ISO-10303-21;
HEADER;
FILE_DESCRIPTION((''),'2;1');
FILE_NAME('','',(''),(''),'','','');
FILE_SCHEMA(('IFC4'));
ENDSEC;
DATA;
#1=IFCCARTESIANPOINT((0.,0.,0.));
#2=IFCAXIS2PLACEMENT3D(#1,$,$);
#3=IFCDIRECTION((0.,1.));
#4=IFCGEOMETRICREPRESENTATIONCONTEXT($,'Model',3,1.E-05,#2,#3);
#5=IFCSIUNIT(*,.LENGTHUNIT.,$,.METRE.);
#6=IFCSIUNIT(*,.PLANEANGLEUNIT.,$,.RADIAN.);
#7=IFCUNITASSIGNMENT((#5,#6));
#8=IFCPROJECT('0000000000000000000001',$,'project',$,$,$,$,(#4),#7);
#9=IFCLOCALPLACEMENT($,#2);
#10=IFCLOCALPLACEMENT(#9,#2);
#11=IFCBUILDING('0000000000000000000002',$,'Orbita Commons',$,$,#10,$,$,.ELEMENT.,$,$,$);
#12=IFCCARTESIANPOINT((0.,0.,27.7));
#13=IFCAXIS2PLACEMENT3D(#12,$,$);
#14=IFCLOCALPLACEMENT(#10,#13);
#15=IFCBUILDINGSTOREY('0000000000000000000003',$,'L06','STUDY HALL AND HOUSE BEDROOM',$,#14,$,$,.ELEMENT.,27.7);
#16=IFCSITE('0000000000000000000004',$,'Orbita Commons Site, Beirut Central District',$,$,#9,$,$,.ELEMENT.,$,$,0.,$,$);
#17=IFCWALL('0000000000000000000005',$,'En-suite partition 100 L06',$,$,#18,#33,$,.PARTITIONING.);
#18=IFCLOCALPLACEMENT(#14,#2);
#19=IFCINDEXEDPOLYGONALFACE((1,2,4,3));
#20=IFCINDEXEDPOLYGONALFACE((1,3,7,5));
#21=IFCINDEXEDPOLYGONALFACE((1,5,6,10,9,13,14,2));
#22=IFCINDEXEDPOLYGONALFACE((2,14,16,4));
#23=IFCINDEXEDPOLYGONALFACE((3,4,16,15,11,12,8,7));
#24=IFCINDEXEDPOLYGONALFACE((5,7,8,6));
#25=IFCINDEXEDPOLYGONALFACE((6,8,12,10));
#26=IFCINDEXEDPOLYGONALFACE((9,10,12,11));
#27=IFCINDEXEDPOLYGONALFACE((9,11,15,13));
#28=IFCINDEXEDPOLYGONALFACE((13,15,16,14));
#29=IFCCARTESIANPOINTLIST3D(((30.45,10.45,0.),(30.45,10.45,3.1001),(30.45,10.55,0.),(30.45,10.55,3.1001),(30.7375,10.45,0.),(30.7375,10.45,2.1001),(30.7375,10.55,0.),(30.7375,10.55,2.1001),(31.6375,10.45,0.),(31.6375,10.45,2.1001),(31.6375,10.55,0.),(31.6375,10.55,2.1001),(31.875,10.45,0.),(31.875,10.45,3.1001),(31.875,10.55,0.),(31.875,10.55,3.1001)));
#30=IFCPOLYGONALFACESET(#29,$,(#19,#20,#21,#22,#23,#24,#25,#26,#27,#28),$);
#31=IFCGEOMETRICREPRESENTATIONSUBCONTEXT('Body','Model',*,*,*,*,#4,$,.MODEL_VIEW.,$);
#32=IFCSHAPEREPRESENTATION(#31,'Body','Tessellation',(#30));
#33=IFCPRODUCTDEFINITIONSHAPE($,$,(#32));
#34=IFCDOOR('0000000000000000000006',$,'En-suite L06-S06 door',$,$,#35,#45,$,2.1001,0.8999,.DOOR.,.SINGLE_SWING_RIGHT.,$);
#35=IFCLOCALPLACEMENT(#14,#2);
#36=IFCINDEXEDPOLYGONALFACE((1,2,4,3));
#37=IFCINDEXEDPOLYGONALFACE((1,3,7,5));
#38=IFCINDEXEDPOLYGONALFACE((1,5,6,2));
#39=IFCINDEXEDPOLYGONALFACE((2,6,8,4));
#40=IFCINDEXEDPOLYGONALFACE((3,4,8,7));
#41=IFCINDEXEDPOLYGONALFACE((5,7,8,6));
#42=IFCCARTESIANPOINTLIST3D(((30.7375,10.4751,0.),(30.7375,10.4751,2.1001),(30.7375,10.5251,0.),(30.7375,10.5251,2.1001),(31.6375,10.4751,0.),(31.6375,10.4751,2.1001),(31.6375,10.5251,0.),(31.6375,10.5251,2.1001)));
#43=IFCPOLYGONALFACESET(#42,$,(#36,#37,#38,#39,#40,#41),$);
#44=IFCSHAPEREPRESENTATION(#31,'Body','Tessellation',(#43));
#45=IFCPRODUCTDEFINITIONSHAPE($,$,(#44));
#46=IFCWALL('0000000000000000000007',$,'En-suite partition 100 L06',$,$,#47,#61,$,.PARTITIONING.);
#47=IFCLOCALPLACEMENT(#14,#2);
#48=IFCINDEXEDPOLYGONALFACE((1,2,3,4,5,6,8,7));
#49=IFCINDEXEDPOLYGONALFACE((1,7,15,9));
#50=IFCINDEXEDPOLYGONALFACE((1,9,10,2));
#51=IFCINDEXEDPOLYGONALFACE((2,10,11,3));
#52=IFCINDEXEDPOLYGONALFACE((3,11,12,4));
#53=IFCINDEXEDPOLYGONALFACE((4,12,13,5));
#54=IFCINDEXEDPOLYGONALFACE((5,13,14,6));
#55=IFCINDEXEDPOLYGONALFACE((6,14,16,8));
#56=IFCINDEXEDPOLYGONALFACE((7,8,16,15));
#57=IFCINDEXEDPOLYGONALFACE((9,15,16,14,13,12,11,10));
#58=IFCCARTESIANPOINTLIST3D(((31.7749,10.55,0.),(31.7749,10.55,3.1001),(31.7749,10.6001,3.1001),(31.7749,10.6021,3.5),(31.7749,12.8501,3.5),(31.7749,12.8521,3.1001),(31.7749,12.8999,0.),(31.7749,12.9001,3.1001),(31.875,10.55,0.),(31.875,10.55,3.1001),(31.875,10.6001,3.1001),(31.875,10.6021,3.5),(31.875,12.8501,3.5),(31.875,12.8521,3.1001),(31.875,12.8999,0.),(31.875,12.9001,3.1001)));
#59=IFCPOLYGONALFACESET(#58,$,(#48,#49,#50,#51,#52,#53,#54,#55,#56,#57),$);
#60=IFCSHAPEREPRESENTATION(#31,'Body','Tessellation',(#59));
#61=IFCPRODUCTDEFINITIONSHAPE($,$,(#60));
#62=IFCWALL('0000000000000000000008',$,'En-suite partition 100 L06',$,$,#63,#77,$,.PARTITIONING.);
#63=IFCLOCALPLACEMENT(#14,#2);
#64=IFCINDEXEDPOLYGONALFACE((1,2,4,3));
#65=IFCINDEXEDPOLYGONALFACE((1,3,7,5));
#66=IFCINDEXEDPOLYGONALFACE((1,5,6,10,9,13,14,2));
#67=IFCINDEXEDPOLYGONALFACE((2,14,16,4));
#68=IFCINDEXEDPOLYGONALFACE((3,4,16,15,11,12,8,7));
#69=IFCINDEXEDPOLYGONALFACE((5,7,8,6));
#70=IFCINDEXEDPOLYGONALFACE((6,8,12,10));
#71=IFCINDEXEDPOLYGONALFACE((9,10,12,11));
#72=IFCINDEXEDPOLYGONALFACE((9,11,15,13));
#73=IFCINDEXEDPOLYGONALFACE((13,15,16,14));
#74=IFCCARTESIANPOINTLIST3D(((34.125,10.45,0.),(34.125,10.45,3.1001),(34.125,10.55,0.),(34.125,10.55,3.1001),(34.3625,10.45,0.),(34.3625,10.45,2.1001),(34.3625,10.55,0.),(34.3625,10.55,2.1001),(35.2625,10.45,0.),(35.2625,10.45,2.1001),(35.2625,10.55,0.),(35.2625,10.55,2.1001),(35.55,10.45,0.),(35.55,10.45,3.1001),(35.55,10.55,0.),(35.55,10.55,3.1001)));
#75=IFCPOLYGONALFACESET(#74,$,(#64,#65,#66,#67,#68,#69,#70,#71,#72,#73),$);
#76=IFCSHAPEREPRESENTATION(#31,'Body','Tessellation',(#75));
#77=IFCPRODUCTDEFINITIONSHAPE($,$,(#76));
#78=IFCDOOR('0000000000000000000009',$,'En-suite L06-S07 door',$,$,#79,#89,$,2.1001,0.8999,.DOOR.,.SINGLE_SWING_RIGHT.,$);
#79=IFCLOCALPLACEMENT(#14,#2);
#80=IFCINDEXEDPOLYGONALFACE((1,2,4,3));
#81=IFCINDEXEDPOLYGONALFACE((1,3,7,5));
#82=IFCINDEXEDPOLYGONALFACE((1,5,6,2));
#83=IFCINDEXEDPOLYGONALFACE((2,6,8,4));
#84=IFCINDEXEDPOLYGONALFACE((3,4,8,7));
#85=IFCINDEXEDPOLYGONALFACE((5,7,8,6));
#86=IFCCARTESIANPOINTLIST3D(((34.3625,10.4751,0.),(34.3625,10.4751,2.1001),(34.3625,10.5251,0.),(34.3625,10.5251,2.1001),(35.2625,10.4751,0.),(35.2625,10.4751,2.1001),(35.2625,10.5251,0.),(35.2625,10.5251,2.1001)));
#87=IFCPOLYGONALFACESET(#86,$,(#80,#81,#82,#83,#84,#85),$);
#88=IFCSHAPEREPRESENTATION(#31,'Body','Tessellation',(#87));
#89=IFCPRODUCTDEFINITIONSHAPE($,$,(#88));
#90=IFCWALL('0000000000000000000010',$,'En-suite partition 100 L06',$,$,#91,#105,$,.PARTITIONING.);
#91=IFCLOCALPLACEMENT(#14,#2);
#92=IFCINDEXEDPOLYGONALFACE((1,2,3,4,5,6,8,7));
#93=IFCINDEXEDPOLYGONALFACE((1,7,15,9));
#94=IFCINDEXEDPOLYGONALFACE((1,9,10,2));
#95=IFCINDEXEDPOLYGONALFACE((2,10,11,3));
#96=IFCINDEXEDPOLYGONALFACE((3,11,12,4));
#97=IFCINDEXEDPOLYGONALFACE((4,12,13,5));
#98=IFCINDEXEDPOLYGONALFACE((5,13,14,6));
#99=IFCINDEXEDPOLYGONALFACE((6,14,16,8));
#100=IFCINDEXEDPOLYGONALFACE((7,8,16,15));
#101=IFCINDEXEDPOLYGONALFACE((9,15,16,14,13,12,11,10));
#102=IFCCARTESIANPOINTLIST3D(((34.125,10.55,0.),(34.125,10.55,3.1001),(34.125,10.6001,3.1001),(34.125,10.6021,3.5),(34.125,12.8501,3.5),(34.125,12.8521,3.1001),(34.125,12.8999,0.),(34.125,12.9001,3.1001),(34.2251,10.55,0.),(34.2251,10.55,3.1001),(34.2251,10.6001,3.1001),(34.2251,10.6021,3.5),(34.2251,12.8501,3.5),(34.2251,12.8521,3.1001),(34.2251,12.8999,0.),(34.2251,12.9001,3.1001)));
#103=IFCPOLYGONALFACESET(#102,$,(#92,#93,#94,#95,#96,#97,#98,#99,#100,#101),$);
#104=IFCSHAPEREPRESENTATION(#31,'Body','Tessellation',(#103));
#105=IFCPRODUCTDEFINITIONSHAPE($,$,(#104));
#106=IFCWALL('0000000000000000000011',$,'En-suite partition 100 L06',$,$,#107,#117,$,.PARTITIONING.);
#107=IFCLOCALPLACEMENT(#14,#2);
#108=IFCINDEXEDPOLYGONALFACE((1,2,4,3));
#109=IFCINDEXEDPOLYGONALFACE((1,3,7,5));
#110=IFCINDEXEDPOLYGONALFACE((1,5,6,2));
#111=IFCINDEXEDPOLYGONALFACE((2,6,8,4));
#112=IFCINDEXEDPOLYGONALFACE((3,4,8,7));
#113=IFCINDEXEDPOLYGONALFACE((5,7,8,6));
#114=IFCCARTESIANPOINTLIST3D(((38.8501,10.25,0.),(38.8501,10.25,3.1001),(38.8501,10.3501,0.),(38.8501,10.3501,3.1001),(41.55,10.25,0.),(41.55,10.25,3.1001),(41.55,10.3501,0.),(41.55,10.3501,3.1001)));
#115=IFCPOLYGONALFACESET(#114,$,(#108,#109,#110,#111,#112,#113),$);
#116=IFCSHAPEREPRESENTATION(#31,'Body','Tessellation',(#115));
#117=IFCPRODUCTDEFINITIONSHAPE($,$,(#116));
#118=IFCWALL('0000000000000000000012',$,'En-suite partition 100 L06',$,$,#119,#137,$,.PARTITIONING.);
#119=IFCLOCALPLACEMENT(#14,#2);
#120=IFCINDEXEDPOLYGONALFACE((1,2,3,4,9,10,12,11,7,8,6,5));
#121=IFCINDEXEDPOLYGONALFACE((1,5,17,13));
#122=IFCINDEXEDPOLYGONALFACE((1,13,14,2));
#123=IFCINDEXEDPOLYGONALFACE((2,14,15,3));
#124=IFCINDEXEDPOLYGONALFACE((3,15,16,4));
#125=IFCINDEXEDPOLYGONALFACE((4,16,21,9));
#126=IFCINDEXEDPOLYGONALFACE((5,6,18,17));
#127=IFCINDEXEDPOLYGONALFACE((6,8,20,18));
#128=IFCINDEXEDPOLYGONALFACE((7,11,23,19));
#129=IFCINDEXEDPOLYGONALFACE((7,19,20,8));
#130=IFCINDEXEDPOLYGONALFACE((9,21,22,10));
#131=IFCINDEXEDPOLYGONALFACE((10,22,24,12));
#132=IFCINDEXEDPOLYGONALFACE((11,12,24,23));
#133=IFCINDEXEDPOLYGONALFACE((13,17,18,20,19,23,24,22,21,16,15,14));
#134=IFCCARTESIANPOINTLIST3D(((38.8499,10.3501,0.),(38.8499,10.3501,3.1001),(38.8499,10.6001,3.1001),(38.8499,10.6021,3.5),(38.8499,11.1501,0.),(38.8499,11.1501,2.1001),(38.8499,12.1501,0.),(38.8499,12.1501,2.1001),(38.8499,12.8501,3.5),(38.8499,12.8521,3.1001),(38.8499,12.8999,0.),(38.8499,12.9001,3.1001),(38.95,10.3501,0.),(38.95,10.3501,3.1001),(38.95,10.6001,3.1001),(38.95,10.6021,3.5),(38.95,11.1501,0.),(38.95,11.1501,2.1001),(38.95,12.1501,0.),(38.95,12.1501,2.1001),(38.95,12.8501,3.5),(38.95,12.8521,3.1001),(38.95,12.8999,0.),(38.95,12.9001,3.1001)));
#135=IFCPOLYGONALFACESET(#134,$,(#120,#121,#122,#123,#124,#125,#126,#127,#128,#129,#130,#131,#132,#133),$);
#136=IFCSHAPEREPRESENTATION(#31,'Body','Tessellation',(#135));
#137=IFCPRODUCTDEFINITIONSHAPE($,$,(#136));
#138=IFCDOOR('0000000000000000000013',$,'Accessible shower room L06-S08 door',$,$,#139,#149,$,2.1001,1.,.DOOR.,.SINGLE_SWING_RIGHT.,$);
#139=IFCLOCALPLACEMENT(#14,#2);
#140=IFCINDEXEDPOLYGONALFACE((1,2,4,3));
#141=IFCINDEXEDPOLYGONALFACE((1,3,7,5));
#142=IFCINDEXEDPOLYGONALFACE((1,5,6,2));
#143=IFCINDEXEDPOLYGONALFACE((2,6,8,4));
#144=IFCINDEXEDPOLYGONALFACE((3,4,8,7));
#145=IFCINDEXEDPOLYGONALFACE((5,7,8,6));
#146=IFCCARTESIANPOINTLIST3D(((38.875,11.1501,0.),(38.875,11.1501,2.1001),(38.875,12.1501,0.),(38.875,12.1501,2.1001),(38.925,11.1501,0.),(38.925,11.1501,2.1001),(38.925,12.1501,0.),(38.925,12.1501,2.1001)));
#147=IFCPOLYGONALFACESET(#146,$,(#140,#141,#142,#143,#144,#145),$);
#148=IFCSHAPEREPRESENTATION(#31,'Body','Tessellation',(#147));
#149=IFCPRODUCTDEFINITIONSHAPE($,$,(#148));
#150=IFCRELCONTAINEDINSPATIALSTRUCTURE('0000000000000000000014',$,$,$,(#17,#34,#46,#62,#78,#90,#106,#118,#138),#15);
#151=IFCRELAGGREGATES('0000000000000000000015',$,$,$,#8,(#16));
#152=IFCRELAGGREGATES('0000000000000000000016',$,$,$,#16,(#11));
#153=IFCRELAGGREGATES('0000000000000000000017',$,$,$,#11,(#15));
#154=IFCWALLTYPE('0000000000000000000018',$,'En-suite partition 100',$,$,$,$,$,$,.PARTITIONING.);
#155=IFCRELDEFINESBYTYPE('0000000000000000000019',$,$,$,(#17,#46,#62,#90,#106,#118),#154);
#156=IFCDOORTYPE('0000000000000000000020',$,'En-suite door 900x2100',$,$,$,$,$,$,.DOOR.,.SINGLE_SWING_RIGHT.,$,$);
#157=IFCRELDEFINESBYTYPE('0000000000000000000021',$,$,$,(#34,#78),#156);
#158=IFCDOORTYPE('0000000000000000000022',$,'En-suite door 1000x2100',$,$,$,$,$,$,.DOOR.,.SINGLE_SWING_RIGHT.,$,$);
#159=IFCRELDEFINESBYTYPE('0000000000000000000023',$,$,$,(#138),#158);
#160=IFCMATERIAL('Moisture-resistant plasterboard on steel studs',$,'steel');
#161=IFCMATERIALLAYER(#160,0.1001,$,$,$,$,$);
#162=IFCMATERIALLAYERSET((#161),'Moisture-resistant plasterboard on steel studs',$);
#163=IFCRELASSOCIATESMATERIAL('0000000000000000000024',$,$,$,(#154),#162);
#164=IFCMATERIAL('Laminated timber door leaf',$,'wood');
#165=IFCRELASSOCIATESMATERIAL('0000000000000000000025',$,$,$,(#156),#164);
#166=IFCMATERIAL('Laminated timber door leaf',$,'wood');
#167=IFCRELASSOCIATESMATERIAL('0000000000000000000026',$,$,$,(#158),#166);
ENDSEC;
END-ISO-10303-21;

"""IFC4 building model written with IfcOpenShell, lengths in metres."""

from ifc_helpers import new_model, si_unit, direction, frame, frame_2d, origin, place, context, subcontext, project, spatial, polyline, rectangle, outline, extrude, material, layer, layer_set, type_object, element, fill, save


model = new_model("IFC4")

# Units and contexts
model_context = context("Model", 3, precision=1e-05, world=origin(), true_north=direction((0.0, 1.0)))
body_context = subcontext(model_context, "Body", "Model", "MODEL_VIEW")
ifc_project = project(units=[si_unit("LENGTHUNIT", "METRE"), si_unit("PLANEANGLEUNIT", "RADIAN")], contexts=[model_context])

# Site, building, storey
site_placement = place(None, origin())
site = spatial("IfcSite", under=ifc_project, at=site_placement, Name="Orbita Commons Site, Beirut Central District", CompositionType="ELEMENT", RefElevation=0.0)
building_placement = place(site_placement, origin())
building = spatial("IfcBuilding", under=site, at=building_placement, Name="Orbita Commons", CompositionType="ELEMENT")
storey_placement = place(building_placement, frame((0.0, 0.0, 27.7)))
storey = spatial("IfcBuildingStorey", under=building, at=storey_placement, Name="L06", Description="STUDY HALL AND HOUSE BEDROOM", CompositionType="ELEMENT", Elevation=27.7)

# Wall, opening, door
ifc_material_1 = material(Name="Moisture-resistant plasterboard on steel studs", Category="steel")
ifc_layer_1 = layer(ifc_material_1, 0.1001)
ifc_layer_set_1 = layer_set([ifc_layer_1], Name="Moisture-resistant plasterboard on steel studs")
wall_type_1 = type_object("IfcWallType", Name="En-suite partition 100", PredefinedType="PARTITIONING", material=ifc_layer_set_1)
ifc_material_2 = material(Name="Laminated timber door leaf", Category="wood")
door_type_1 = type_object("IfcDoorType", Name="En-suite door 900x2100", OperationType="SINGLE_SWING_RIGHT", PredefinedType="DOOR", material=ifc_material_2)
wall_1_placement = place(storey_placement, frame((31.875, 10.5, 0.0), z_axis=(0.0, 0.0, 1.0), x_axis=(-1.0, 0.0, 0.0)))
wall_1 = element("IfcWall", 1, at=wall_1_placement, inside=storey, type_object=wall_type_1, Name="En-suite partition 100 L06", PredefinedType="PARTITIONING", context=body_context, shape_type="SweptSolid", body=[
    extrude(outline(polyline([(0.0, 0.0), (1.425, 0.0), (1.425, 3.1001), (0.0, 3.1001), (0.0, 0.0)])), frame((0.0, 0.05, 0.0), z_axis=(0.0, -1.0, 0.0), x_axis=(1.0, 0.0, 0.0)), (0.0, 0.0, 1.0), 0.1001),
])
opening_1_placement = place(wall_1_placement, frame((0.2375, 0.0, 0.0)))
opening_1 = element("IfcOpeningElement", 2, at=opening_1_placement, cuts=wall_1, PredefinedType="OPENING", context=body_context, shape_type="SweptSolid", body=[
    extrude(rectangle(XDim=0.8999, YDim=2.1001, at=frame_2d((0.45, 1.05))), frame((0.0, 0.0601, 0.0), z_axis=(0.0, -1.0, 0.0), x_axis=(1.0, 0.0, 0.0)), (0.0, 0.0, 1.0), 0.1201),
])
door_1_placement = place(opening_1_placement, origin())
door_1 = element("IfcDoor", 3, at=door_1_placement, inside=storey, type_object=door_type_1, Name="En-suite L06-S06 door", OperationType="SINGLE_SWING_RIGHT", OverallHeight=2.1001, OverallWidth=0.8999, PredefinedType="DOOR", context=body_context, shape_type="SweptSolid", body=[
    extrude(rectangle(XDim=0.8999, YDim=2.1001, at=frame_2d((0.45, 1.05))), frame((0.0, 0.0249, 0.0), z_axis=(0.0, -1.0, 0.0), x_axis=(1.0, 0.0, 0.0)), (0.0, 0.0, 1.0), 0.05),
])
fill(opening_1, door_1)

# Wall
wall_2_placement = place(storey_placement, frame((31.825, 10.55, 0.0), z_axis=(0.0, 0.0, 1.0), x_axis=(0.0, 1.0, 0.0)))
element("IfcWall", 4, at=wall_2_placement, inside=storey, type_object=wall_type_1, Name="En-suite partition 100 L06", PredefinedType="PARTITIONING", context=body_context, shape_type="SweptSolid", body=[
    extrude(outline(polyline([(0.0, 0.0), (2.3499, 0.0), (2.3501, 3.1001), (2.302, 3.1001), (2.3, 3.5), (0.052, 3.5), (0.05, 3.1001), (0.0, 3.1001), (0.0, 0.0)])), frame((0.0, 0.05, 0.0), z_axis=(0.0, -1.0, 0.0), x_axis=(1.0, 0.0, 0.0)), (0.0, 0.0, 1.0), 0.1001),
])

# Wall, opening, door
wall_3_placement = place(storey_placement, frame((35.55, 10.5, 0.0), z_axis=(0.0, 0.0, 1.0), x_axis=(-1.0, 0.0, 0.0)))
wall_3 = element("IfcWall", 5, at=wall_3_placement, inside=storey, type_object=wall_type_1, Name="En-suite partition 100 L06", PredefinedType="PARTITIONING", context=body_context, shape_type="SweptSolid", body=[
    extrude(outline(polyline([(0.0, 0.0), (1.425, 0.0), (1.425, 3.1001), (0.0, 3.1001), (0.0, 0.0)])), frame((0.0, 0.05, 0.0), z_axis=(0.0, -1.0, 0.0), x_axis=(1.0, 0.0, 0.0)), (0.0, 0.0, 1.0), 0.1001),
])
opening_2_placement = place(wall_3_placement, frame((0.2876, 0.0, 0.0)))
opening_2 = element("IfcOpeningElement", 6, at=opening_2_placement, cuts=wall_3, PredefinedType="OPENING", context=body_context, shape_type="SweptSolid", body=[
    extrude(rectangle(XDim=0.8999, YDim=2.1001, at=frame_2d((0.45, 1.05))), frame((0.0, 0.0601, 0.0), z_axis=(0.0, -1.0, 0.0), x_axis=(1.0, 0.0, 0.0)), (0.0, 0.0, 1.0), 0.1201),
])
door_2_placement = place(opening_2_placement, origin())
door_2 = element("IfcDoor", 7, at=door_2_placement, inside=storey, type_object=door_type_1, Name="En-suite L06-S07 door", OperationType="SINGLE_SWING_RIGHT", OverallHeight=2.1001, OverallWidth=0.8999, PredefinedType="DOOR", context=body_context, shape_type="SweptSolid", body=[
    extrude(rectangle(XDim=0.8999, YDim=2.1001, at=frame_2d((0.45, 1.05))), frame((0.0, 0.0249, 0.0), z_axis=(0.0, -1.0, 0.0), x_axis=(1.0, 0.0, 0.0)), (0.0, 0.0, 1.0), 0.05),
])
fill(opening_2, door_2)

# Walls
wall_4_placement = place(storey_placement, frame((34.175, 10.55, 0.0), z_axis=(0.0, 0.0, 1.0), x_axis=(0.0, 1.0, 0.0)))
element("IfcWall", 8, at=wall_4_placement, inside=storey, type_object=wall_type_1, Name="En-suite partition 100 L06", PredefinedType="PARTITIONING", context=body_context, shape_type="SweptSolid", body=[
    extrude(outline(polyline([(0.0, 0.0), (2.3499, 0.0), (2.3501, 3.1001), (2.302, 3.1001), (2.3, 3.5), (0.052, 3.5), (0.05, 3.1001), (0.0, 3.1001), (0.0, 0.0)])), frame((0.0, 0.05, 0.0), z_axis=(0.0, -1.0, 0.0), x_axis=(1.0, 0.0, 0.0)), (0.0, 0.0, 1.0), 0.1001),
])
wall_5_placement = place(storey_placement, frame((38.8501, 10.3, 0.0), z_axis=(0.0, 0.0, 1.0), x_axis=(1.0, 0.0, 0.0)))
element("IfcWall", 9, at=wall_5_placement, inside=storey, type_object=wall_type_1, Name="En-suite partition 100 L06", PredefinedType="PARTITIONING", context=body_context, shape_type="SweptSolid", body=[
    extrude(outline(polyline([(0.0, 0.0), (2.7, 0.0), (2.7, 3.1001), (0.0, 3.1001), (0.0, 0.0)])), frame((0.0, 0.05, 0.0), z_axis=(0.0, -1.0, 0.0), x_axis=(1.0, 0.0, 0.0)), (0.0, 0.0, 1.0), 0.1001),
])

# Wall, opening, door
wall_6_placement = place(storey_placement, frame((38.8999, 10.3501, 0.0), z_axis=(0.0, 0.0, 1.0), x_axis=(0.0, 1.0, 0.0)))
wall_6 = element("IfcWall", 10, at=wall_6_placement, inside=storey, type_object=wall_type_1, Name="En-suite partition 100 L06", PredefinedType="PARTITIONING", context=body_context, shape_type="SweptSolid", body=[
    extrude(outline(polyline([(0.0, 0.0), (2.5498, 0.0), (2.55, 3.1001), (2.502, 3.1001), (2.5, 3.5), (0.252, 3.5), (0.25, 3.1001), (0.0, 3.1001), (0.0, 0.0)])), frame((0.0, 0.05, 0.0), z_axis=(0.0, -1.0, 0.0), x_axis=(1.0, 0.0, 0.0)), (0.0, 0.0, 1.0), 0.1001),
])
opening_3_placement = place(wall_6_placement, frame((0.8, 0.0, 0.0)))
opening_3 = element("IfcOpeningElement", 11, at=opening_3_placement, cuts=wall_6, PredefinedType="OPENING", context=body_context, shape_type="SweptSolid", body=[
    extrude(rectangle(XDim=1.0, YDim=2.1001, at=frame_2d((0.5, 1.05))), frame((0.0, 0.0601, 0.0), z_axis=(0.0, -1.0, 0.0), x_axis=(1.0, 0.0, 0.0)), (0.0, 0.0, 1.0), 0.1201),
])
ifc_material_3 = material(Name="Laminated timber door leaf", Category="wood")
door_type_2 = type_object("IfcDoorType", Name="En-suite door 1000x2100", OperationType="SINGLE_SWING_RIGHT", PredefinedType="DOOR", material=ifc_material_3)
door_3_placement = place(opening_3_placement, origin())
door_3 = element("IfcDoor", 12, at=door_3_placement, inside=storey, type_object=door_type_2, Name="Accessible shower room L06-S08 door", OperationType="SINGLE_SWING_RIGHT", OverallHeight=2.1001, OverallWidth=1.0, PredefinedType="DOOR", context=body_context, shape_type="SweptSolid", body=[
    extrude(rectangle(XDim=1.0, YDim=2.1001, at=frame_2d((0.5, 1.05))), frame((0.0, 0.0249, 0.0), z_axis=(0.0, -1.0, 0.0), x_axis=(1.0, 0.0, 0.0)), (0.0, 0.0, 1.0), 0.05),
])
fill(opening_3, door_3)

save(model, "model.ifc")
